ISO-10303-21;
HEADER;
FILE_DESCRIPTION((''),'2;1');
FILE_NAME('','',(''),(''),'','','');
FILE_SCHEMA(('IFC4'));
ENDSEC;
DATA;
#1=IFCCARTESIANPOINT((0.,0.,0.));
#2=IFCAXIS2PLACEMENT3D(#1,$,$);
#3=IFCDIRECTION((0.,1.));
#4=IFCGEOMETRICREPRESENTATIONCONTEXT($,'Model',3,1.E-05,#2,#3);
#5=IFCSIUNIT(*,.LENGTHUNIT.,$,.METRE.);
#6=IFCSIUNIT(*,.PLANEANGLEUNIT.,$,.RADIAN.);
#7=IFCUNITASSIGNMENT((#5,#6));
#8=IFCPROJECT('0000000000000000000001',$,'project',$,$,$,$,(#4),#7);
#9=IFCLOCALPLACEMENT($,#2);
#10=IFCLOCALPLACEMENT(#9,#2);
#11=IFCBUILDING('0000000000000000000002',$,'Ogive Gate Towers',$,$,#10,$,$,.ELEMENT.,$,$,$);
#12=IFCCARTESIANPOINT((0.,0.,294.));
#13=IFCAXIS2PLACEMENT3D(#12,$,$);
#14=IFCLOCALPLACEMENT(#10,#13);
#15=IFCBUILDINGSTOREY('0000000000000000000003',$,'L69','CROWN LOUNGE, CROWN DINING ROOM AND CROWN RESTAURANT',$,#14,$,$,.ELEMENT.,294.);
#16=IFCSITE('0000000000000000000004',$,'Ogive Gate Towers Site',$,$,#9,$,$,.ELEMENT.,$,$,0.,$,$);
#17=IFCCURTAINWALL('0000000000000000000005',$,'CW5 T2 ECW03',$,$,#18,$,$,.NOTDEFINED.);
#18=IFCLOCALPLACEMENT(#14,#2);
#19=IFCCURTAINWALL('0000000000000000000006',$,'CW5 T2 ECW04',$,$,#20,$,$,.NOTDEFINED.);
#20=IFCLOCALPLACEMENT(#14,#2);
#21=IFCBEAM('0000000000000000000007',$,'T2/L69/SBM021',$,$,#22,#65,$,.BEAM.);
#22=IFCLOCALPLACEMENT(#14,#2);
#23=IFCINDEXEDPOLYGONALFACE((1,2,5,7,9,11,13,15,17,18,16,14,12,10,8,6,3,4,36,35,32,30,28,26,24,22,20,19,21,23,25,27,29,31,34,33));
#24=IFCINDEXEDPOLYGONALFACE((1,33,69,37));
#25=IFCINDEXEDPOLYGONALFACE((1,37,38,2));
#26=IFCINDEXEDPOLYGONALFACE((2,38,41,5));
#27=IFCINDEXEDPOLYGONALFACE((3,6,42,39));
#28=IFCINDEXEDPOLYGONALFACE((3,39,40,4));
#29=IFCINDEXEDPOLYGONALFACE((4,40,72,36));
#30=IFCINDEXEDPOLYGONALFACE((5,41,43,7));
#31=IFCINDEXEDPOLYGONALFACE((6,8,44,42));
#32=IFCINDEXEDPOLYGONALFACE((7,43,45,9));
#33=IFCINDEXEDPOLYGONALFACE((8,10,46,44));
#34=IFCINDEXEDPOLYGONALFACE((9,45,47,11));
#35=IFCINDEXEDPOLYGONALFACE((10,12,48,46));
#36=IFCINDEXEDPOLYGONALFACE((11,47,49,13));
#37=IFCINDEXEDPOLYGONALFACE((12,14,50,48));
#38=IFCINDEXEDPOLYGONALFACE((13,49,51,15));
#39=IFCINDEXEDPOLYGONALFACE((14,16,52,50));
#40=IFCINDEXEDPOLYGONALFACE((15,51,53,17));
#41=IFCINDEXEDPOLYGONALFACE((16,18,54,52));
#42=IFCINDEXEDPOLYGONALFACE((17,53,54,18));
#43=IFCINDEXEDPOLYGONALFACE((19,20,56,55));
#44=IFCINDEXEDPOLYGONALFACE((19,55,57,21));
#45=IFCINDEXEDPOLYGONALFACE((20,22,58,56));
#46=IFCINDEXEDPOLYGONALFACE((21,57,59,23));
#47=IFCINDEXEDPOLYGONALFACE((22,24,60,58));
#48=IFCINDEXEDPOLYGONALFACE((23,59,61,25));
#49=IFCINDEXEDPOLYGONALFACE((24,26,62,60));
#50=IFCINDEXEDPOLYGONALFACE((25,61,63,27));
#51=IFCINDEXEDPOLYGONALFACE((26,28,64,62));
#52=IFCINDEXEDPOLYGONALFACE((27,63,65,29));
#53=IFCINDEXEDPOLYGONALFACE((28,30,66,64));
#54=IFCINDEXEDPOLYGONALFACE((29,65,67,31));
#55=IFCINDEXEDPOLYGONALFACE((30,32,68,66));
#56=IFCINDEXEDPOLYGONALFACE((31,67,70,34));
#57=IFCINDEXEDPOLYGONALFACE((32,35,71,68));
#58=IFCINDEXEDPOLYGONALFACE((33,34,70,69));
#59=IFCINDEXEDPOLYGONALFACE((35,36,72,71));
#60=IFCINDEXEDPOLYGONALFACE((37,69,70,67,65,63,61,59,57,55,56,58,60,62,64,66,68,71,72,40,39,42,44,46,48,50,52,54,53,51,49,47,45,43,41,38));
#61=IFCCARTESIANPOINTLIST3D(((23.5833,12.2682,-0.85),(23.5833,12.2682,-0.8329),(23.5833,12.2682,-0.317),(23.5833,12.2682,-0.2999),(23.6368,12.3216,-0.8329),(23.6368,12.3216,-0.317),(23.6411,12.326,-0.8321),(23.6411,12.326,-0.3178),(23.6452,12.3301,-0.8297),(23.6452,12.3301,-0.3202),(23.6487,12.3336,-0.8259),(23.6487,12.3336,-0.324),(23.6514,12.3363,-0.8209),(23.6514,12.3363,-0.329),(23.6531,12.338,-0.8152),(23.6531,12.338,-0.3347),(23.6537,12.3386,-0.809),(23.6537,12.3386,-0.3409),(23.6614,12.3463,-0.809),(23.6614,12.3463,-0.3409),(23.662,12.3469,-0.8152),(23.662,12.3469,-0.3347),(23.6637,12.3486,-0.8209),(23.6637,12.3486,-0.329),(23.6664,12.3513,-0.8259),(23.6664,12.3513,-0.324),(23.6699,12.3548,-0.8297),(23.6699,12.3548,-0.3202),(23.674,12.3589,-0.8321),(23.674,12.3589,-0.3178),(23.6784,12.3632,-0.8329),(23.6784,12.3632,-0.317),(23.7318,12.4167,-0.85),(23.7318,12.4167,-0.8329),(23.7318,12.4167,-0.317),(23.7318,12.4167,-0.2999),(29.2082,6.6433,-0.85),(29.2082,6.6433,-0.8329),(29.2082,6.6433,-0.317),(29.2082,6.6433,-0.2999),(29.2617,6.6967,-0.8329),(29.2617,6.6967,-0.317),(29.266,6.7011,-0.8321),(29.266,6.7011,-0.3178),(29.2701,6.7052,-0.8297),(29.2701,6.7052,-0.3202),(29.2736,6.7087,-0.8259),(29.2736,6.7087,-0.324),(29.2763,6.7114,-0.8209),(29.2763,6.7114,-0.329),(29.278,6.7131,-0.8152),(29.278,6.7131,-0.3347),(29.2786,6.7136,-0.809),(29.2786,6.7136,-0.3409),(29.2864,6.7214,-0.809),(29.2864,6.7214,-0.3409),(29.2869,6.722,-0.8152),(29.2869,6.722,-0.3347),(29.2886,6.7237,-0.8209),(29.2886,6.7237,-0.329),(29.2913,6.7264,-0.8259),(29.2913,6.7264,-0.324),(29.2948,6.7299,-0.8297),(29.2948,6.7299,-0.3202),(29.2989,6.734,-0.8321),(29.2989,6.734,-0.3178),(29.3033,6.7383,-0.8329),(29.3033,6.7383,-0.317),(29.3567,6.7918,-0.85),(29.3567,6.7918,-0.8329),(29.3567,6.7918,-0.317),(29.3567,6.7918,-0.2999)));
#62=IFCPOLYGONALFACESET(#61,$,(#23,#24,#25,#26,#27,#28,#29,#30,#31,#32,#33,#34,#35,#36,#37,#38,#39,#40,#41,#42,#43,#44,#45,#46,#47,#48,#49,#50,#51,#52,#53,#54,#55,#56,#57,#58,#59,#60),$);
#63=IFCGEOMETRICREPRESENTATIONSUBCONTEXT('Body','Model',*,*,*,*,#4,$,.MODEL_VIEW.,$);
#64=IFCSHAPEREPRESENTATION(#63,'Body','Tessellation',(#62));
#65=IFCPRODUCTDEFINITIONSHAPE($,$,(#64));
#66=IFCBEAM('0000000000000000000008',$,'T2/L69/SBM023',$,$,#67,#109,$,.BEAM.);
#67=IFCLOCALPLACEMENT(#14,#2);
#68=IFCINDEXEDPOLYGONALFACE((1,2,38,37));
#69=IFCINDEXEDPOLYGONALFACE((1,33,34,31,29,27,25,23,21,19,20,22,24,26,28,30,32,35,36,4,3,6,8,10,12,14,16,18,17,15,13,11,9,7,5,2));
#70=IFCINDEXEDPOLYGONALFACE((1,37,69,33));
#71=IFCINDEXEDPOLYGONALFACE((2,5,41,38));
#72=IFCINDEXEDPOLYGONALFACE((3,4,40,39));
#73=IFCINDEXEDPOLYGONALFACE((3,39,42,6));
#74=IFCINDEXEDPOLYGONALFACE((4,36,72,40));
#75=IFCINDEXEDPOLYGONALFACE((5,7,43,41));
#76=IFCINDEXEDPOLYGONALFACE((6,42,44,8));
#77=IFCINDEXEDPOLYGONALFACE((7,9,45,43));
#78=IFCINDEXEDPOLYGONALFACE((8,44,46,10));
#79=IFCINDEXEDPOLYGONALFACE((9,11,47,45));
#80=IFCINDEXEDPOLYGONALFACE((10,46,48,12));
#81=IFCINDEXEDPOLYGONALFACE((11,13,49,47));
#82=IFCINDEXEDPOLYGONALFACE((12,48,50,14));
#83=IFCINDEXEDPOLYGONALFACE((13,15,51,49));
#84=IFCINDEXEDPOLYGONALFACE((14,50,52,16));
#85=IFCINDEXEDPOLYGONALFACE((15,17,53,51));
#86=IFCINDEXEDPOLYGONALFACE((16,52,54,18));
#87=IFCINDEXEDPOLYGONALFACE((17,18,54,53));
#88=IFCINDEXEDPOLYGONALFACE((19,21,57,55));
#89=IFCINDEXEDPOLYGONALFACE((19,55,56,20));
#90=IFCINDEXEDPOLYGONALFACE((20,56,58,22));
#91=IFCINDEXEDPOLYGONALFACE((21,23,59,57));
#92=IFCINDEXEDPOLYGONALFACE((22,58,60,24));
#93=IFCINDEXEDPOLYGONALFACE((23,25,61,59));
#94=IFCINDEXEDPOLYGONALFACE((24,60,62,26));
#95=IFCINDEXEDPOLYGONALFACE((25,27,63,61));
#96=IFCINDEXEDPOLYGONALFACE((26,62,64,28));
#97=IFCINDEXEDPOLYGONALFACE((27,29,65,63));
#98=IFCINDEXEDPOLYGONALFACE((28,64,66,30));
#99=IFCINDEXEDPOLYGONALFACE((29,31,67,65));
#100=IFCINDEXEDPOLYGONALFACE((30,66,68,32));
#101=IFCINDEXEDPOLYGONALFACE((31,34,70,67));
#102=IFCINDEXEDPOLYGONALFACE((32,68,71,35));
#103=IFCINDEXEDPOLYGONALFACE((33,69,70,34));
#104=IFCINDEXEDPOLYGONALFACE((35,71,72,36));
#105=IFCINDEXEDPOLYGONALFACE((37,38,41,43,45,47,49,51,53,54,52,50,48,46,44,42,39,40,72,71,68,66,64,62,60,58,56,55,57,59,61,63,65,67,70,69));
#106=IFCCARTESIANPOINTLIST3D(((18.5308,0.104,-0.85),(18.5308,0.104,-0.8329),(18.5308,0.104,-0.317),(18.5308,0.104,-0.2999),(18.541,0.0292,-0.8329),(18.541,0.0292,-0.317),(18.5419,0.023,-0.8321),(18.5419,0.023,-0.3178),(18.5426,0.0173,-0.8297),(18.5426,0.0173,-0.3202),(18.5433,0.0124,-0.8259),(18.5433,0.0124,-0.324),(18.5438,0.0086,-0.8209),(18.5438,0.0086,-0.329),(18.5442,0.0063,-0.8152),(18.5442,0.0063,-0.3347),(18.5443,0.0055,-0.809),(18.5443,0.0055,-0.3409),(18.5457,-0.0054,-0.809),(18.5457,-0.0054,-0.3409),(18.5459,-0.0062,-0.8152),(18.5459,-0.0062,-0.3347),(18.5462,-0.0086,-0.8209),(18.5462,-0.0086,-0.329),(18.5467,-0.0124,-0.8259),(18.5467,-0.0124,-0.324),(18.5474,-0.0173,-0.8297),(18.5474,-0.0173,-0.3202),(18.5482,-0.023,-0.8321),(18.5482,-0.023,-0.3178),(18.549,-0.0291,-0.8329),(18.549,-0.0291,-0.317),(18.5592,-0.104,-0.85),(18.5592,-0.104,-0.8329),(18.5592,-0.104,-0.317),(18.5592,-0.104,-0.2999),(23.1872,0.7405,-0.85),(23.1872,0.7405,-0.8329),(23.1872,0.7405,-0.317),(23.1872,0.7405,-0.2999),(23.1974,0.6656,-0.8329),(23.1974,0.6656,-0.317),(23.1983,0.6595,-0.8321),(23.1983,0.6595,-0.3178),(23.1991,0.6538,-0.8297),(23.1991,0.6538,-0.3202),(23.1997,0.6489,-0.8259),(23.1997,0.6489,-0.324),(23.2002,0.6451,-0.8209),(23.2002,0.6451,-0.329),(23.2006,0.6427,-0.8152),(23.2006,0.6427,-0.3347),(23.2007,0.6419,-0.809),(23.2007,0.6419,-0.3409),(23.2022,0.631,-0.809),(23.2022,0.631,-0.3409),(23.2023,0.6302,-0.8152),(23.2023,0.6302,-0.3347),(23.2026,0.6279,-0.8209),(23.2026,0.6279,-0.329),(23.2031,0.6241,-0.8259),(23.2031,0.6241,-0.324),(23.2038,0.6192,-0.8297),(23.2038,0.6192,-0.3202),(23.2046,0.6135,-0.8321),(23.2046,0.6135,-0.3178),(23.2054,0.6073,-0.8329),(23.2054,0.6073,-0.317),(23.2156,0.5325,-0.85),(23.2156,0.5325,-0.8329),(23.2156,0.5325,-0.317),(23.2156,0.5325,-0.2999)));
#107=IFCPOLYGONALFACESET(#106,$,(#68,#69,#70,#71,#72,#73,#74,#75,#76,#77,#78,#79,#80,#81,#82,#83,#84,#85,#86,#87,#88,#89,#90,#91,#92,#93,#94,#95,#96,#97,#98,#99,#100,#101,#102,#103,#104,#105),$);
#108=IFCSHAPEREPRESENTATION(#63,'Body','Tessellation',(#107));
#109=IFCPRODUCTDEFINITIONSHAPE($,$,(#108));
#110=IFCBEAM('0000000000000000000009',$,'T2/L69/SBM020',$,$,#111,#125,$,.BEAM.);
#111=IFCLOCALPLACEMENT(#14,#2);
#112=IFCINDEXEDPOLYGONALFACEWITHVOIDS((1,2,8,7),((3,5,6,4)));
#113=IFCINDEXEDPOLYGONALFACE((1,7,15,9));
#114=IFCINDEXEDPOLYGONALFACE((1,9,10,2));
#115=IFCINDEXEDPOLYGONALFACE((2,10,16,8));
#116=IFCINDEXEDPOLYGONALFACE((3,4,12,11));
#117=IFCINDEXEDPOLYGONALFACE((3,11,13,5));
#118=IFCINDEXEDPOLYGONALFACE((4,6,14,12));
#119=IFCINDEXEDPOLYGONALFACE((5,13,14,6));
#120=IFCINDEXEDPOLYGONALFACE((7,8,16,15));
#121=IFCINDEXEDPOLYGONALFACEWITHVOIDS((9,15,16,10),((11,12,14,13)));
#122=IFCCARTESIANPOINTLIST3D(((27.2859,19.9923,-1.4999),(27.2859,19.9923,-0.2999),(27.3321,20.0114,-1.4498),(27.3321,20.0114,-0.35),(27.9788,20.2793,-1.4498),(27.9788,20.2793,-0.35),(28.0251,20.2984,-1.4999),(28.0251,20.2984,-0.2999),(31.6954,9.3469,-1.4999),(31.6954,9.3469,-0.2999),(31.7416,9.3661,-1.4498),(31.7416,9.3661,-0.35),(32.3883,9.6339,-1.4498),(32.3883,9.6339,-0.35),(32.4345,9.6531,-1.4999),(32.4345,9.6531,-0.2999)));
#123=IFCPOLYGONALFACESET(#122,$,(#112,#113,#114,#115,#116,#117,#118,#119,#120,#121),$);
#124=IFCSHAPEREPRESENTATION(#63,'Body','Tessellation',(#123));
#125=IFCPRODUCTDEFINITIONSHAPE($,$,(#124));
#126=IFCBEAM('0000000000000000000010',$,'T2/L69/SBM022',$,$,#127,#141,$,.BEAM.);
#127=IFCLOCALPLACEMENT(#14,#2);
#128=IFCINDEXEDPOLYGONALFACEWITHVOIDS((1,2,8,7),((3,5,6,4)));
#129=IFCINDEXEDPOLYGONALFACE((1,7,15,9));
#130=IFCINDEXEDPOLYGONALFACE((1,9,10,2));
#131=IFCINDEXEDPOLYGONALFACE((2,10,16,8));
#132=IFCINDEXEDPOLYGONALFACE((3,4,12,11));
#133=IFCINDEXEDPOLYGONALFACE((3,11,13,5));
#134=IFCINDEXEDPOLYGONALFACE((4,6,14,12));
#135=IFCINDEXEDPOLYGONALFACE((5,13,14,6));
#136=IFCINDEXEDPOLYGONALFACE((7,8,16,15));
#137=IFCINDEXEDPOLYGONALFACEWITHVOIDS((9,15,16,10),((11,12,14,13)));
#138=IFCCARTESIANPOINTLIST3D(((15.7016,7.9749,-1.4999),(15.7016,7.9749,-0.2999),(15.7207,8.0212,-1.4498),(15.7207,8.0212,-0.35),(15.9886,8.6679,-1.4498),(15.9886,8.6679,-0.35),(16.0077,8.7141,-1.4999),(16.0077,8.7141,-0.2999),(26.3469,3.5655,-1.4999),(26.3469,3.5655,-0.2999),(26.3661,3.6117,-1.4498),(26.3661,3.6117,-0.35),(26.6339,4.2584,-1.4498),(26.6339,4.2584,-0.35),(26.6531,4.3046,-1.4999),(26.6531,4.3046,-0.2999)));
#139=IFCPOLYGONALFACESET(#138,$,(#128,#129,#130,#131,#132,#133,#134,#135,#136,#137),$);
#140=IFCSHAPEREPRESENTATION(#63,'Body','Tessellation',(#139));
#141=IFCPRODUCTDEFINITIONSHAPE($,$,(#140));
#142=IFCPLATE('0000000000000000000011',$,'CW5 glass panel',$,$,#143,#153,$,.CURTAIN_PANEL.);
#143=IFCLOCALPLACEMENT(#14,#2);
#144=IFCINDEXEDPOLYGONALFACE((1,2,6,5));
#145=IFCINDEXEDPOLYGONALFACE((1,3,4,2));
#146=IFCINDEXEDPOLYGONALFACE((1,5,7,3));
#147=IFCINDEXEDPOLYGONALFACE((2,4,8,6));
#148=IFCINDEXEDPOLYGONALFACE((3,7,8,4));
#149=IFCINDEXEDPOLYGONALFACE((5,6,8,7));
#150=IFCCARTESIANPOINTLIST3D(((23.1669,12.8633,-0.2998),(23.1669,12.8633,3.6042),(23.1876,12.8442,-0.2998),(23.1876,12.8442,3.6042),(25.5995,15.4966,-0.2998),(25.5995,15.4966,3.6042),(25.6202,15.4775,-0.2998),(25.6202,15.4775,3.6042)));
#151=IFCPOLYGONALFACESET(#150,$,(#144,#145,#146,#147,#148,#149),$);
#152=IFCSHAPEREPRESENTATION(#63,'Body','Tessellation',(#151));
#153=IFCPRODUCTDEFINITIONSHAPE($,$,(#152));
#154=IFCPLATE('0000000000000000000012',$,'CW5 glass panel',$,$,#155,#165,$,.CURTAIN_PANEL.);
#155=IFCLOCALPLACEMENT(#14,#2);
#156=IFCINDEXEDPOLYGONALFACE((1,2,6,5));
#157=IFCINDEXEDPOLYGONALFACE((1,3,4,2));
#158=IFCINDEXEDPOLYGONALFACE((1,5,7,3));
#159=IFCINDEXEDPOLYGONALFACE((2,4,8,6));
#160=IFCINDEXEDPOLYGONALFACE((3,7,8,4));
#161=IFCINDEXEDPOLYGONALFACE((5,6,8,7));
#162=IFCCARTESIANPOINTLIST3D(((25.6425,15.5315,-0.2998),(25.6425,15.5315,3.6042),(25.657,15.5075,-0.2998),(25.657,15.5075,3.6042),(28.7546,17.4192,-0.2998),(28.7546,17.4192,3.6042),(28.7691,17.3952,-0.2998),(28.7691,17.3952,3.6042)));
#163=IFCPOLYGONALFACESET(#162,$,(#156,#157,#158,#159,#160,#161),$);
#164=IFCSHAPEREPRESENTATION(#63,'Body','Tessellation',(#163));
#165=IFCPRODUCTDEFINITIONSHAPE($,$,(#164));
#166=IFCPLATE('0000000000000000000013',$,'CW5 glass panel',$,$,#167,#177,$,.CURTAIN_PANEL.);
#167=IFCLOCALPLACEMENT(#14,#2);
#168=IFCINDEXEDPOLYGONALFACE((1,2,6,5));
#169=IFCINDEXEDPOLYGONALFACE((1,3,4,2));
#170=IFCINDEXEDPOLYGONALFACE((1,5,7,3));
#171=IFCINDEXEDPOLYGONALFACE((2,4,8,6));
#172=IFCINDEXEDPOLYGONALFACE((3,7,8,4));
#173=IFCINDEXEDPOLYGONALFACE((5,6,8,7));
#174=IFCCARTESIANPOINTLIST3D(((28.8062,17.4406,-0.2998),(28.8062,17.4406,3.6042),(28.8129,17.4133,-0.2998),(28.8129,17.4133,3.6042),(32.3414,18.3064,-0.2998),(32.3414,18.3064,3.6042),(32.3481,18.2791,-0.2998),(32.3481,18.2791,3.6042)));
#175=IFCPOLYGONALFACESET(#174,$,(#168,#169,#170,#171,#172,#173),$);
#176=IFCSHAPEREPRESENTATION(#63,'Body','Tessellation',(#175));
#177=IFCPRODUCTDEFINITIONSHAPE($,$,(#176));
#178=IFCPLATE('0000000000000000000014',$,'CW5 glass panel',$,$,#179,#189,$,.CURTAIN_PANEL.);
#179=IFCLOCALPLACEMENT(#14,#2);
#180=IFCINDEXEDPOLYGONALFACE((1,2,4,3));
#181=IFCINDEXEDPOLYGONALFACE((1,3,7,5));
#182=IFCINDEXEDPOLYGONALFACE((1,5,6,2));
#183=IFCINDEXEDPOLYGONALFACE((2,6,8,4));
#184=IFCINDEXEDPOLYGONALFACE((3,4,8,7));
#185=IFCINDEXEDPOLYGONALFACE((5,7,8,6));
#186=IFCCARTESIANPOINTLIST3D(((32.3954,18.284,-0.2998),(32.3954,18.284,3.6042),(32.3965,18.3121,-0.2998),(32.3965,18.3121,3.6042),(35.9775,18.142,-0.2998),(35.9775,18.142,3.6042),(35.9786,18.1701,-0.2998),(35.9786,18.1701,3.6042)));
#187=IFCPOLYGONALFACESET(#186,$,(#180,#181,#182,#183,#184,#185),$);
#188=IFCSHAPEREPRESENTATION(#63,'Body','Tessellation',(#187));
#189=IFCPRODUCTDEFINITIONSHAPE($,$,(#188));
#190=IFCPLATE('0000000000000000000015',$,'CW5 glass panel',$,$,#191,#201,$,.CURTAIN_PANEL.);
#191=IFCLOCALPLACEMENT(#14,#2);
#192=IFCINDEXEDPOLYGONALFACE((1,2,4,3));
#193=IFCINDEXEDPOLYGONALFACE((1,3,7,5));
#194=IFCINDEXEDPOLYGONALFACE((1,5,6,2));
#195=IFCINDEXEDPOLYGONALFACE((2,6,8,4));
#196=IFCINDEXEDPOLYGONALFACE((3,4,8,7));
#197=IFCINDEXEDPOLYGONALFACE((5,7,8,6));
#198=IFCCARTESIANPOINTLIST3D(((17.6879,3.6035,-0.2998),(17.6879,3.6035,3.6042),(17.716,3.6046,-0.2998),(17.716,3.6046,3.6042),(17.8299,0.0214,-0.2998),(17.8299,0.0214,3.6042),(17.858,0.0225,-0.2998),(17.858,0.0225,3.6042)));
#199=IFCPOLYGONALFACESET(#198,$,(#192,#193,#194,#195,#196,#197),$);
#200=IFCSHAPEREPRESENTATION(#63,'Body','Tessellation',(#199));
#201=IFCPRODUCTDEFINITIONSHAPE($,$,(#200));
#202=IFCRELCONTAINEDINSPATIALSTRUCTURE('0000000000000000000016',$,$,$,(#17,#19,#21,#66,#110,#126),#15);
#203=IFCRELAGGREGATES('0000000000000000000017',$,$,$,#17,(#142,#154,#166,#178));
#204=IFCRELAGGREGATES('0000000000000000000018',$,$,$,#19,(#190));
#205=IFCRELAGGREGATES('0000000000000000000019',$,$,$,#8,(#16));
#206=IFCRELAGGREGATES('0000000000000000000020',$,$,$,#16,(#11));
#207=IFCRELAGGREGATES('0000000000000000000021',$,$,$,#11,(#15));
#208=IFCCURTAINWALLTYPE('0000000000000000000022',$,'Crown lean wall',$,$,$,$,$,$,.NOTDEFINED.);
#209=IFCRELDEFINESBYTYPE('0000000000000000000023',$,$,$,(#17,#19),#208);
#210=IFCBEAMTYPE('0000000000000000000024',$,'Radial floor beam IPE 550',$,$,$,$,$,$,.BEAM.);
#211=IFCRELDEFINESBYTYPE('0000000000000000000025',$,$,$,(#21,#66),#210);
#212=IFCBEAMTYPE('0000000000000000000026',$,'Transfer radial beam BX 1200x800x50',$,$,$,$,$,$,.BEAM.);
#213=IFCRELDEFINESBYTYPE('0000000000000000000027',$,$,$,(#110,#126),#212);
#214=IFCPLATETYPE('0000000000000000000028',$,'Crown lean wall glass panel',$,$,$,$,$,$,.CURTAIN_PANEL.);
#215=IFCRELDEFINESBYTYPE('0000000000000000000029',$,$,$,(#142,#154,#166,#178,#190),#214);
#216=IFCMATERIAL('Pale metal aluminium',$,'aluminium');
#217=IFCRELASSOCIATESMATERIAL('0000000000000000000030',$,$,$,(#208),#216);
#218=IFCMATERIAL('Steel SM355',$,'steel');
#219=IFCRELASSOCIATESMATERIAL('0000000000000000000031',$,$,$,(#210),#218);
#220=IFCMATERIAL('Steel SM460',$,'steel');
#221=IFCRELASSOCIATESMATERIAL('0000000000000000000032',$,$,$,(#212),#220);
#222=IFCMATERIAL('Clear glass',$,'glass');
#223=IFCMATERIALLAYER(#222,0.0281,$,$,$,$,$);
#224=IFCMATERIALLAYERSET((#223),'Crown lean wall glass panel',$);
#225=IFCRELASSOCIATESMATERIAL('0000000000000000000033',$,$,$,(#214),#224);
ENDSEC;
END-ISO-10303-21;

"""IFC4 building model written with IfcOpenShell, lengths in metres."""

from ifc_helpers import new_model, si_unit, direction, frame, origin, origin_2d, place, context, subcontext, project, spatial, rectangle, hollow_rectangle, i_section, extrude, material, layer, layer_set, material_profile, profile_set, type_object, element, aggregate, save


model = new_model("IFC4")

# Units and contexts
model_context = context("Model", 3, precision=1e-05, world=origin(), true_north=direction((0.0, 1.0)))
body_context = subcontext(model_context, "Body", "Model", "MODEL_VIEW")
ifc_project = project(units=[si_unit("LENGTHUNIT", "METRE"), si_unit("PLANEANGLEUNIT", "RADIAN")], contexts=[model_context])

# Site, building, storey
site_placement = place(None, origin())
site = spatial("IfcSite", under=ifc_project, at=site_placement, Name="Ogive Gate Towers Site", CompositionType="ELEMENT", RefElevation=0.0)
building_placement = place(site_placement, origin())
building = spatial("IfcBuilding", under=site, at=building_placement, Name="Ogive Gate Towers", CompositionType="ELEMENT")
storey_placement = place(building_placement, frame((0.0, 0.0, 294.0)))
storey = spatial("IfcBuildingStorey", under=building, at=storey_placement, Name="L69", Description="CROWN LOUNGE, CROWN DINING ROOM AND CROWN RESTAURANT", CompositionType="ELEMENT", Elevation=294.0)

# Curtain walls
ifc_material_1 = material(Name="Pale metal aluminium", Category="aluminium")
curtain_wall_type = type_object("IfcCurtainWallType", Name="Crown lean wall", PredefinedType="NOTDEFINED", material=ifc_material_1)
curtain_wall_1_placement = place(storey_placement, origin())
curtain_wall_1 = element("IfcCurtainWall", 1, at=curtain_wall_1_placement, inside=storey, type_object=curtain_wall_type, Name="CW5 T2 ECW03", PredefinedType="NOTDEFINED")
curtain_wall_2_placement = place(storey_placement, origin())
curtain_wall_2 = element("IfcCurtainWall", 2, at=curtain_wall_2_placement, inside=storey, type_object=curtain_wall_type, Name="CW5 T2 ECW04", PredefinedType="NOTDEFINED")

# Shared definitions
ifc_material_2 = material(Name="Steel SM460", Category="steel")

# Beams
ifc_material_3 = material(Name="Steel SM355", Category="steel")
ifc_material_profile_1 = material_profile(ifc_material_3, i_section(OverallWidth=0.21, OverallDepth=0.55, WebThickness=0.011, FlangeThickness=0.0171, FilletRadius=0.0239, at=origin_2d()), Name="IPE 550")
ifc_profile_set_1 = profile_set([ifc_material_profile_1], Name="Steel SM355")
beam_type_1 = type_object("IfcBeamType", Name="Radial floor beam IPE 550", PredefinedType="BEAM", material=ifc_profile_set_1)
beam_1_placement = place(storey_placement, frame((29.2825, 6.7175, -0.575), z_axis=(-0.707107, 0.707107, 0.0), x_axis=(-0.707107, -0.707107, 0.0)))
element("IfcBeam", 3, at=beam_1_placement, inside=storey, type_object=beam_type_1, Name="T2/L69/SBM021", PredefinedType="BEAM", context=body_context, shape_type="SweptSolid", body=[
    extrude(i_section(OverallWidth=0.21, OverallDepth=0.55, WebThickness=0.011, FlangeThickness=0.0171, FilletRadius=0.0239, at=origin_2d()), origin(), (0.0, 0.0, 1.0), 7.9548),
])
beam_2_placement = place(storey_placement, frame((23.2014, 0.6365, -0.575), z_axis=(-0.990787, -0.135426, 0.0), x_axis=(0.135426, -0.990787, 0.0)))
element("IfcBeam", 4, at=beam_2_placement, inside=storey, type_object=beam_type_1, Name="T2/L69/SBM023", PredefinedType="BEAM", context=body_context, shape_type="SweptSolid", body=[
    extrude(i_section(OverallWidth=0.21, OverallDepth=0.55, WebThickness=0.011, FlangeThickness=0.0171, FilletRadius=0.0239, at=origin_2d()), origin(), (0.0, 0.0, 1.0), 4.6997),
])
ifc_material_profile_2 = material_profile(ifc_material_2, hollow_rectangle(XDim=0.8, YDim=1.2, WallThickness=0.05, at=origin_2d()), Name="BX 1200x800x50")
ifc_profile_set_2 = profile_set([ifc_material_profile_2], Name="Steel SM460")
beam_type_2 = type_object("IfcBeamType", Name="Transfer radial beam BX 1200x800x50", PredefinedType="BEAM", material=ifc_profile_set_2)
for number, where, z_axis, x_axis, name in (
    (5, (32.0649, 9.5, -0.8999), (-0.382684, 0.923879, 0.0), (-0.923879, -0.382684, 0.0), "T2/L69/SBM020"),
    (6, (26.5, 3.9351, -0.8999), (-0.923879, 0.382684, 0.0), (-0.382684, -0.923879, 0.0), "T2/L69/SBM022"),
):
    element("IfcBeam", number, at=place(storey_placement, frame(where, z_axis=z_axis, x_axis=x_axis)), inside=storey, type_object=beam_type_2, Name=name, PredefinedType="BEAM", context=body_context, shape_type="SweptSolid", body=[
        extrude(hollow_rectangle(XDim=0.8, YDim=1.2, WallThickness=0.05, at=origin_2d()), origin(), (0.0, 0.0, 1.0), 11.5225),
    ])

# Plates
ifc_material_4 = material(Name="Clear glass", Category="glass")
ifc_layer_1 = layer(ifc_material_4, 0.0281)
ifc_layer_set_1 = layer_set([ifc_layer_1], Name="Crown lean wall glass panel")
plate_type = type_object("IfcPlateType", Name="Crown lean wall glass panel", PredefinedType="CURTAIN_PANEL", material=ifc_layer_set_1)
plate_1_placement = place(storey_placement, frame((24.3936, 14.1704, -0.2998), z_axis=(0.0, 0.0, 1.0), x_axis=(0.678557, 0.734548, 0.0)))
plate_1 = element("IfcPlate", 7, at=plate_1_placement, type_object=plate_type, Name="CW5 glass panel", PredefinedType="CURTAIN_PANEL", context=body_context, shape_type="SweptSolid", body=[
    extrude(rectangle(XDim=3.585, YDim=0.0281, at=origin_2d()), origin(), (0.0, 0.0, 1.0), 3.9041),
])
plate_2_placement = place(storey_placement, frame((27.2058, 16.4634, -0.2998), z_axis=(0.0, 0.0, 1.0), x_axis=(0.855002, 0.518624, 0.0)))
plate_2 = element("IfcPlate", 8, at=plate_2_placement, type_object=plate_type, Name="CW5 glass panel", PredefinedType="CURTAIN_PANEL", context=body_context, shape_type="SweptSolid", body=[
    extrude(rectangle(XDim=3.6399, YDim=0.0281, at=origin_2d()), origin(), (0.0, 0.0, 1.0), 3.9041),
])
plate_3_placement = place(storey_placement, frame((30.5771, 17.8599, -0.2998), z_axis=(0.0, 0.0, 1.0), x_axis=(0.971296, 0.237872, 0.0)))
plate_3 = element("IfcPlate", 9, at=plate_3_placement, type_object=plate_type, Name="CW5 glass panel", PredefinedType="CURTAIN_PANEL", context=body_context, shape_type="SweptSolid", body=[
    extrude(rectangle(XDim=3.6396, YDim=0.0281, at=origin_2d()), origin(), (0.0, 0.0, 1.0), 3.9041),
])
plate_4_placement = place(storey_placement, frame((34.187, 18.2271, -0.2998), z_axis=(0.0, 0.0, 1.0), x_axis=(0.999215, -0.039609, 0.0)))
plate_4 = element("IfcPlate", 10, at=plate_4_placement, type_object=plate_type, Name="CW5 glass panel", PredefinedType="CURTAIN_PANEL", context=body_context, shape_type="SweptSolid", body=[
    extrude(rectangle(XDim=3.585, YDim=0.0281, at=origin_2d()), origin(), (0.0, 0.0, 1.0), 3.9041),
])
aggregate(curtain_wall_1, [plate_1, plate_2, plate_3, plate_4])
plate_5_placement = place(storey_placement, frame((17.7729, 1.813, -0.2998), z_axis=(0.0, 0.0, 1.0), x_axis=(-0.039609, 0.999215, 0.0)))
plate_5 = element("IfcPlate", 11, at=plate_5_placement, type_object=plate_type, Name="CW5 glass panel", PredefinedType="CURTAIN_PANEL", context=body_context, shape_type="SweptSolid", body=[
    extrude(rectangle(XDim=3.585, YDim=0.0281, at=origin_2d()), origin(), (0.0, 0.0, 1.0), 3.9041),
])
aggregate(curtain_wall_2, [plate_5])

save(model, "model.ifc")
